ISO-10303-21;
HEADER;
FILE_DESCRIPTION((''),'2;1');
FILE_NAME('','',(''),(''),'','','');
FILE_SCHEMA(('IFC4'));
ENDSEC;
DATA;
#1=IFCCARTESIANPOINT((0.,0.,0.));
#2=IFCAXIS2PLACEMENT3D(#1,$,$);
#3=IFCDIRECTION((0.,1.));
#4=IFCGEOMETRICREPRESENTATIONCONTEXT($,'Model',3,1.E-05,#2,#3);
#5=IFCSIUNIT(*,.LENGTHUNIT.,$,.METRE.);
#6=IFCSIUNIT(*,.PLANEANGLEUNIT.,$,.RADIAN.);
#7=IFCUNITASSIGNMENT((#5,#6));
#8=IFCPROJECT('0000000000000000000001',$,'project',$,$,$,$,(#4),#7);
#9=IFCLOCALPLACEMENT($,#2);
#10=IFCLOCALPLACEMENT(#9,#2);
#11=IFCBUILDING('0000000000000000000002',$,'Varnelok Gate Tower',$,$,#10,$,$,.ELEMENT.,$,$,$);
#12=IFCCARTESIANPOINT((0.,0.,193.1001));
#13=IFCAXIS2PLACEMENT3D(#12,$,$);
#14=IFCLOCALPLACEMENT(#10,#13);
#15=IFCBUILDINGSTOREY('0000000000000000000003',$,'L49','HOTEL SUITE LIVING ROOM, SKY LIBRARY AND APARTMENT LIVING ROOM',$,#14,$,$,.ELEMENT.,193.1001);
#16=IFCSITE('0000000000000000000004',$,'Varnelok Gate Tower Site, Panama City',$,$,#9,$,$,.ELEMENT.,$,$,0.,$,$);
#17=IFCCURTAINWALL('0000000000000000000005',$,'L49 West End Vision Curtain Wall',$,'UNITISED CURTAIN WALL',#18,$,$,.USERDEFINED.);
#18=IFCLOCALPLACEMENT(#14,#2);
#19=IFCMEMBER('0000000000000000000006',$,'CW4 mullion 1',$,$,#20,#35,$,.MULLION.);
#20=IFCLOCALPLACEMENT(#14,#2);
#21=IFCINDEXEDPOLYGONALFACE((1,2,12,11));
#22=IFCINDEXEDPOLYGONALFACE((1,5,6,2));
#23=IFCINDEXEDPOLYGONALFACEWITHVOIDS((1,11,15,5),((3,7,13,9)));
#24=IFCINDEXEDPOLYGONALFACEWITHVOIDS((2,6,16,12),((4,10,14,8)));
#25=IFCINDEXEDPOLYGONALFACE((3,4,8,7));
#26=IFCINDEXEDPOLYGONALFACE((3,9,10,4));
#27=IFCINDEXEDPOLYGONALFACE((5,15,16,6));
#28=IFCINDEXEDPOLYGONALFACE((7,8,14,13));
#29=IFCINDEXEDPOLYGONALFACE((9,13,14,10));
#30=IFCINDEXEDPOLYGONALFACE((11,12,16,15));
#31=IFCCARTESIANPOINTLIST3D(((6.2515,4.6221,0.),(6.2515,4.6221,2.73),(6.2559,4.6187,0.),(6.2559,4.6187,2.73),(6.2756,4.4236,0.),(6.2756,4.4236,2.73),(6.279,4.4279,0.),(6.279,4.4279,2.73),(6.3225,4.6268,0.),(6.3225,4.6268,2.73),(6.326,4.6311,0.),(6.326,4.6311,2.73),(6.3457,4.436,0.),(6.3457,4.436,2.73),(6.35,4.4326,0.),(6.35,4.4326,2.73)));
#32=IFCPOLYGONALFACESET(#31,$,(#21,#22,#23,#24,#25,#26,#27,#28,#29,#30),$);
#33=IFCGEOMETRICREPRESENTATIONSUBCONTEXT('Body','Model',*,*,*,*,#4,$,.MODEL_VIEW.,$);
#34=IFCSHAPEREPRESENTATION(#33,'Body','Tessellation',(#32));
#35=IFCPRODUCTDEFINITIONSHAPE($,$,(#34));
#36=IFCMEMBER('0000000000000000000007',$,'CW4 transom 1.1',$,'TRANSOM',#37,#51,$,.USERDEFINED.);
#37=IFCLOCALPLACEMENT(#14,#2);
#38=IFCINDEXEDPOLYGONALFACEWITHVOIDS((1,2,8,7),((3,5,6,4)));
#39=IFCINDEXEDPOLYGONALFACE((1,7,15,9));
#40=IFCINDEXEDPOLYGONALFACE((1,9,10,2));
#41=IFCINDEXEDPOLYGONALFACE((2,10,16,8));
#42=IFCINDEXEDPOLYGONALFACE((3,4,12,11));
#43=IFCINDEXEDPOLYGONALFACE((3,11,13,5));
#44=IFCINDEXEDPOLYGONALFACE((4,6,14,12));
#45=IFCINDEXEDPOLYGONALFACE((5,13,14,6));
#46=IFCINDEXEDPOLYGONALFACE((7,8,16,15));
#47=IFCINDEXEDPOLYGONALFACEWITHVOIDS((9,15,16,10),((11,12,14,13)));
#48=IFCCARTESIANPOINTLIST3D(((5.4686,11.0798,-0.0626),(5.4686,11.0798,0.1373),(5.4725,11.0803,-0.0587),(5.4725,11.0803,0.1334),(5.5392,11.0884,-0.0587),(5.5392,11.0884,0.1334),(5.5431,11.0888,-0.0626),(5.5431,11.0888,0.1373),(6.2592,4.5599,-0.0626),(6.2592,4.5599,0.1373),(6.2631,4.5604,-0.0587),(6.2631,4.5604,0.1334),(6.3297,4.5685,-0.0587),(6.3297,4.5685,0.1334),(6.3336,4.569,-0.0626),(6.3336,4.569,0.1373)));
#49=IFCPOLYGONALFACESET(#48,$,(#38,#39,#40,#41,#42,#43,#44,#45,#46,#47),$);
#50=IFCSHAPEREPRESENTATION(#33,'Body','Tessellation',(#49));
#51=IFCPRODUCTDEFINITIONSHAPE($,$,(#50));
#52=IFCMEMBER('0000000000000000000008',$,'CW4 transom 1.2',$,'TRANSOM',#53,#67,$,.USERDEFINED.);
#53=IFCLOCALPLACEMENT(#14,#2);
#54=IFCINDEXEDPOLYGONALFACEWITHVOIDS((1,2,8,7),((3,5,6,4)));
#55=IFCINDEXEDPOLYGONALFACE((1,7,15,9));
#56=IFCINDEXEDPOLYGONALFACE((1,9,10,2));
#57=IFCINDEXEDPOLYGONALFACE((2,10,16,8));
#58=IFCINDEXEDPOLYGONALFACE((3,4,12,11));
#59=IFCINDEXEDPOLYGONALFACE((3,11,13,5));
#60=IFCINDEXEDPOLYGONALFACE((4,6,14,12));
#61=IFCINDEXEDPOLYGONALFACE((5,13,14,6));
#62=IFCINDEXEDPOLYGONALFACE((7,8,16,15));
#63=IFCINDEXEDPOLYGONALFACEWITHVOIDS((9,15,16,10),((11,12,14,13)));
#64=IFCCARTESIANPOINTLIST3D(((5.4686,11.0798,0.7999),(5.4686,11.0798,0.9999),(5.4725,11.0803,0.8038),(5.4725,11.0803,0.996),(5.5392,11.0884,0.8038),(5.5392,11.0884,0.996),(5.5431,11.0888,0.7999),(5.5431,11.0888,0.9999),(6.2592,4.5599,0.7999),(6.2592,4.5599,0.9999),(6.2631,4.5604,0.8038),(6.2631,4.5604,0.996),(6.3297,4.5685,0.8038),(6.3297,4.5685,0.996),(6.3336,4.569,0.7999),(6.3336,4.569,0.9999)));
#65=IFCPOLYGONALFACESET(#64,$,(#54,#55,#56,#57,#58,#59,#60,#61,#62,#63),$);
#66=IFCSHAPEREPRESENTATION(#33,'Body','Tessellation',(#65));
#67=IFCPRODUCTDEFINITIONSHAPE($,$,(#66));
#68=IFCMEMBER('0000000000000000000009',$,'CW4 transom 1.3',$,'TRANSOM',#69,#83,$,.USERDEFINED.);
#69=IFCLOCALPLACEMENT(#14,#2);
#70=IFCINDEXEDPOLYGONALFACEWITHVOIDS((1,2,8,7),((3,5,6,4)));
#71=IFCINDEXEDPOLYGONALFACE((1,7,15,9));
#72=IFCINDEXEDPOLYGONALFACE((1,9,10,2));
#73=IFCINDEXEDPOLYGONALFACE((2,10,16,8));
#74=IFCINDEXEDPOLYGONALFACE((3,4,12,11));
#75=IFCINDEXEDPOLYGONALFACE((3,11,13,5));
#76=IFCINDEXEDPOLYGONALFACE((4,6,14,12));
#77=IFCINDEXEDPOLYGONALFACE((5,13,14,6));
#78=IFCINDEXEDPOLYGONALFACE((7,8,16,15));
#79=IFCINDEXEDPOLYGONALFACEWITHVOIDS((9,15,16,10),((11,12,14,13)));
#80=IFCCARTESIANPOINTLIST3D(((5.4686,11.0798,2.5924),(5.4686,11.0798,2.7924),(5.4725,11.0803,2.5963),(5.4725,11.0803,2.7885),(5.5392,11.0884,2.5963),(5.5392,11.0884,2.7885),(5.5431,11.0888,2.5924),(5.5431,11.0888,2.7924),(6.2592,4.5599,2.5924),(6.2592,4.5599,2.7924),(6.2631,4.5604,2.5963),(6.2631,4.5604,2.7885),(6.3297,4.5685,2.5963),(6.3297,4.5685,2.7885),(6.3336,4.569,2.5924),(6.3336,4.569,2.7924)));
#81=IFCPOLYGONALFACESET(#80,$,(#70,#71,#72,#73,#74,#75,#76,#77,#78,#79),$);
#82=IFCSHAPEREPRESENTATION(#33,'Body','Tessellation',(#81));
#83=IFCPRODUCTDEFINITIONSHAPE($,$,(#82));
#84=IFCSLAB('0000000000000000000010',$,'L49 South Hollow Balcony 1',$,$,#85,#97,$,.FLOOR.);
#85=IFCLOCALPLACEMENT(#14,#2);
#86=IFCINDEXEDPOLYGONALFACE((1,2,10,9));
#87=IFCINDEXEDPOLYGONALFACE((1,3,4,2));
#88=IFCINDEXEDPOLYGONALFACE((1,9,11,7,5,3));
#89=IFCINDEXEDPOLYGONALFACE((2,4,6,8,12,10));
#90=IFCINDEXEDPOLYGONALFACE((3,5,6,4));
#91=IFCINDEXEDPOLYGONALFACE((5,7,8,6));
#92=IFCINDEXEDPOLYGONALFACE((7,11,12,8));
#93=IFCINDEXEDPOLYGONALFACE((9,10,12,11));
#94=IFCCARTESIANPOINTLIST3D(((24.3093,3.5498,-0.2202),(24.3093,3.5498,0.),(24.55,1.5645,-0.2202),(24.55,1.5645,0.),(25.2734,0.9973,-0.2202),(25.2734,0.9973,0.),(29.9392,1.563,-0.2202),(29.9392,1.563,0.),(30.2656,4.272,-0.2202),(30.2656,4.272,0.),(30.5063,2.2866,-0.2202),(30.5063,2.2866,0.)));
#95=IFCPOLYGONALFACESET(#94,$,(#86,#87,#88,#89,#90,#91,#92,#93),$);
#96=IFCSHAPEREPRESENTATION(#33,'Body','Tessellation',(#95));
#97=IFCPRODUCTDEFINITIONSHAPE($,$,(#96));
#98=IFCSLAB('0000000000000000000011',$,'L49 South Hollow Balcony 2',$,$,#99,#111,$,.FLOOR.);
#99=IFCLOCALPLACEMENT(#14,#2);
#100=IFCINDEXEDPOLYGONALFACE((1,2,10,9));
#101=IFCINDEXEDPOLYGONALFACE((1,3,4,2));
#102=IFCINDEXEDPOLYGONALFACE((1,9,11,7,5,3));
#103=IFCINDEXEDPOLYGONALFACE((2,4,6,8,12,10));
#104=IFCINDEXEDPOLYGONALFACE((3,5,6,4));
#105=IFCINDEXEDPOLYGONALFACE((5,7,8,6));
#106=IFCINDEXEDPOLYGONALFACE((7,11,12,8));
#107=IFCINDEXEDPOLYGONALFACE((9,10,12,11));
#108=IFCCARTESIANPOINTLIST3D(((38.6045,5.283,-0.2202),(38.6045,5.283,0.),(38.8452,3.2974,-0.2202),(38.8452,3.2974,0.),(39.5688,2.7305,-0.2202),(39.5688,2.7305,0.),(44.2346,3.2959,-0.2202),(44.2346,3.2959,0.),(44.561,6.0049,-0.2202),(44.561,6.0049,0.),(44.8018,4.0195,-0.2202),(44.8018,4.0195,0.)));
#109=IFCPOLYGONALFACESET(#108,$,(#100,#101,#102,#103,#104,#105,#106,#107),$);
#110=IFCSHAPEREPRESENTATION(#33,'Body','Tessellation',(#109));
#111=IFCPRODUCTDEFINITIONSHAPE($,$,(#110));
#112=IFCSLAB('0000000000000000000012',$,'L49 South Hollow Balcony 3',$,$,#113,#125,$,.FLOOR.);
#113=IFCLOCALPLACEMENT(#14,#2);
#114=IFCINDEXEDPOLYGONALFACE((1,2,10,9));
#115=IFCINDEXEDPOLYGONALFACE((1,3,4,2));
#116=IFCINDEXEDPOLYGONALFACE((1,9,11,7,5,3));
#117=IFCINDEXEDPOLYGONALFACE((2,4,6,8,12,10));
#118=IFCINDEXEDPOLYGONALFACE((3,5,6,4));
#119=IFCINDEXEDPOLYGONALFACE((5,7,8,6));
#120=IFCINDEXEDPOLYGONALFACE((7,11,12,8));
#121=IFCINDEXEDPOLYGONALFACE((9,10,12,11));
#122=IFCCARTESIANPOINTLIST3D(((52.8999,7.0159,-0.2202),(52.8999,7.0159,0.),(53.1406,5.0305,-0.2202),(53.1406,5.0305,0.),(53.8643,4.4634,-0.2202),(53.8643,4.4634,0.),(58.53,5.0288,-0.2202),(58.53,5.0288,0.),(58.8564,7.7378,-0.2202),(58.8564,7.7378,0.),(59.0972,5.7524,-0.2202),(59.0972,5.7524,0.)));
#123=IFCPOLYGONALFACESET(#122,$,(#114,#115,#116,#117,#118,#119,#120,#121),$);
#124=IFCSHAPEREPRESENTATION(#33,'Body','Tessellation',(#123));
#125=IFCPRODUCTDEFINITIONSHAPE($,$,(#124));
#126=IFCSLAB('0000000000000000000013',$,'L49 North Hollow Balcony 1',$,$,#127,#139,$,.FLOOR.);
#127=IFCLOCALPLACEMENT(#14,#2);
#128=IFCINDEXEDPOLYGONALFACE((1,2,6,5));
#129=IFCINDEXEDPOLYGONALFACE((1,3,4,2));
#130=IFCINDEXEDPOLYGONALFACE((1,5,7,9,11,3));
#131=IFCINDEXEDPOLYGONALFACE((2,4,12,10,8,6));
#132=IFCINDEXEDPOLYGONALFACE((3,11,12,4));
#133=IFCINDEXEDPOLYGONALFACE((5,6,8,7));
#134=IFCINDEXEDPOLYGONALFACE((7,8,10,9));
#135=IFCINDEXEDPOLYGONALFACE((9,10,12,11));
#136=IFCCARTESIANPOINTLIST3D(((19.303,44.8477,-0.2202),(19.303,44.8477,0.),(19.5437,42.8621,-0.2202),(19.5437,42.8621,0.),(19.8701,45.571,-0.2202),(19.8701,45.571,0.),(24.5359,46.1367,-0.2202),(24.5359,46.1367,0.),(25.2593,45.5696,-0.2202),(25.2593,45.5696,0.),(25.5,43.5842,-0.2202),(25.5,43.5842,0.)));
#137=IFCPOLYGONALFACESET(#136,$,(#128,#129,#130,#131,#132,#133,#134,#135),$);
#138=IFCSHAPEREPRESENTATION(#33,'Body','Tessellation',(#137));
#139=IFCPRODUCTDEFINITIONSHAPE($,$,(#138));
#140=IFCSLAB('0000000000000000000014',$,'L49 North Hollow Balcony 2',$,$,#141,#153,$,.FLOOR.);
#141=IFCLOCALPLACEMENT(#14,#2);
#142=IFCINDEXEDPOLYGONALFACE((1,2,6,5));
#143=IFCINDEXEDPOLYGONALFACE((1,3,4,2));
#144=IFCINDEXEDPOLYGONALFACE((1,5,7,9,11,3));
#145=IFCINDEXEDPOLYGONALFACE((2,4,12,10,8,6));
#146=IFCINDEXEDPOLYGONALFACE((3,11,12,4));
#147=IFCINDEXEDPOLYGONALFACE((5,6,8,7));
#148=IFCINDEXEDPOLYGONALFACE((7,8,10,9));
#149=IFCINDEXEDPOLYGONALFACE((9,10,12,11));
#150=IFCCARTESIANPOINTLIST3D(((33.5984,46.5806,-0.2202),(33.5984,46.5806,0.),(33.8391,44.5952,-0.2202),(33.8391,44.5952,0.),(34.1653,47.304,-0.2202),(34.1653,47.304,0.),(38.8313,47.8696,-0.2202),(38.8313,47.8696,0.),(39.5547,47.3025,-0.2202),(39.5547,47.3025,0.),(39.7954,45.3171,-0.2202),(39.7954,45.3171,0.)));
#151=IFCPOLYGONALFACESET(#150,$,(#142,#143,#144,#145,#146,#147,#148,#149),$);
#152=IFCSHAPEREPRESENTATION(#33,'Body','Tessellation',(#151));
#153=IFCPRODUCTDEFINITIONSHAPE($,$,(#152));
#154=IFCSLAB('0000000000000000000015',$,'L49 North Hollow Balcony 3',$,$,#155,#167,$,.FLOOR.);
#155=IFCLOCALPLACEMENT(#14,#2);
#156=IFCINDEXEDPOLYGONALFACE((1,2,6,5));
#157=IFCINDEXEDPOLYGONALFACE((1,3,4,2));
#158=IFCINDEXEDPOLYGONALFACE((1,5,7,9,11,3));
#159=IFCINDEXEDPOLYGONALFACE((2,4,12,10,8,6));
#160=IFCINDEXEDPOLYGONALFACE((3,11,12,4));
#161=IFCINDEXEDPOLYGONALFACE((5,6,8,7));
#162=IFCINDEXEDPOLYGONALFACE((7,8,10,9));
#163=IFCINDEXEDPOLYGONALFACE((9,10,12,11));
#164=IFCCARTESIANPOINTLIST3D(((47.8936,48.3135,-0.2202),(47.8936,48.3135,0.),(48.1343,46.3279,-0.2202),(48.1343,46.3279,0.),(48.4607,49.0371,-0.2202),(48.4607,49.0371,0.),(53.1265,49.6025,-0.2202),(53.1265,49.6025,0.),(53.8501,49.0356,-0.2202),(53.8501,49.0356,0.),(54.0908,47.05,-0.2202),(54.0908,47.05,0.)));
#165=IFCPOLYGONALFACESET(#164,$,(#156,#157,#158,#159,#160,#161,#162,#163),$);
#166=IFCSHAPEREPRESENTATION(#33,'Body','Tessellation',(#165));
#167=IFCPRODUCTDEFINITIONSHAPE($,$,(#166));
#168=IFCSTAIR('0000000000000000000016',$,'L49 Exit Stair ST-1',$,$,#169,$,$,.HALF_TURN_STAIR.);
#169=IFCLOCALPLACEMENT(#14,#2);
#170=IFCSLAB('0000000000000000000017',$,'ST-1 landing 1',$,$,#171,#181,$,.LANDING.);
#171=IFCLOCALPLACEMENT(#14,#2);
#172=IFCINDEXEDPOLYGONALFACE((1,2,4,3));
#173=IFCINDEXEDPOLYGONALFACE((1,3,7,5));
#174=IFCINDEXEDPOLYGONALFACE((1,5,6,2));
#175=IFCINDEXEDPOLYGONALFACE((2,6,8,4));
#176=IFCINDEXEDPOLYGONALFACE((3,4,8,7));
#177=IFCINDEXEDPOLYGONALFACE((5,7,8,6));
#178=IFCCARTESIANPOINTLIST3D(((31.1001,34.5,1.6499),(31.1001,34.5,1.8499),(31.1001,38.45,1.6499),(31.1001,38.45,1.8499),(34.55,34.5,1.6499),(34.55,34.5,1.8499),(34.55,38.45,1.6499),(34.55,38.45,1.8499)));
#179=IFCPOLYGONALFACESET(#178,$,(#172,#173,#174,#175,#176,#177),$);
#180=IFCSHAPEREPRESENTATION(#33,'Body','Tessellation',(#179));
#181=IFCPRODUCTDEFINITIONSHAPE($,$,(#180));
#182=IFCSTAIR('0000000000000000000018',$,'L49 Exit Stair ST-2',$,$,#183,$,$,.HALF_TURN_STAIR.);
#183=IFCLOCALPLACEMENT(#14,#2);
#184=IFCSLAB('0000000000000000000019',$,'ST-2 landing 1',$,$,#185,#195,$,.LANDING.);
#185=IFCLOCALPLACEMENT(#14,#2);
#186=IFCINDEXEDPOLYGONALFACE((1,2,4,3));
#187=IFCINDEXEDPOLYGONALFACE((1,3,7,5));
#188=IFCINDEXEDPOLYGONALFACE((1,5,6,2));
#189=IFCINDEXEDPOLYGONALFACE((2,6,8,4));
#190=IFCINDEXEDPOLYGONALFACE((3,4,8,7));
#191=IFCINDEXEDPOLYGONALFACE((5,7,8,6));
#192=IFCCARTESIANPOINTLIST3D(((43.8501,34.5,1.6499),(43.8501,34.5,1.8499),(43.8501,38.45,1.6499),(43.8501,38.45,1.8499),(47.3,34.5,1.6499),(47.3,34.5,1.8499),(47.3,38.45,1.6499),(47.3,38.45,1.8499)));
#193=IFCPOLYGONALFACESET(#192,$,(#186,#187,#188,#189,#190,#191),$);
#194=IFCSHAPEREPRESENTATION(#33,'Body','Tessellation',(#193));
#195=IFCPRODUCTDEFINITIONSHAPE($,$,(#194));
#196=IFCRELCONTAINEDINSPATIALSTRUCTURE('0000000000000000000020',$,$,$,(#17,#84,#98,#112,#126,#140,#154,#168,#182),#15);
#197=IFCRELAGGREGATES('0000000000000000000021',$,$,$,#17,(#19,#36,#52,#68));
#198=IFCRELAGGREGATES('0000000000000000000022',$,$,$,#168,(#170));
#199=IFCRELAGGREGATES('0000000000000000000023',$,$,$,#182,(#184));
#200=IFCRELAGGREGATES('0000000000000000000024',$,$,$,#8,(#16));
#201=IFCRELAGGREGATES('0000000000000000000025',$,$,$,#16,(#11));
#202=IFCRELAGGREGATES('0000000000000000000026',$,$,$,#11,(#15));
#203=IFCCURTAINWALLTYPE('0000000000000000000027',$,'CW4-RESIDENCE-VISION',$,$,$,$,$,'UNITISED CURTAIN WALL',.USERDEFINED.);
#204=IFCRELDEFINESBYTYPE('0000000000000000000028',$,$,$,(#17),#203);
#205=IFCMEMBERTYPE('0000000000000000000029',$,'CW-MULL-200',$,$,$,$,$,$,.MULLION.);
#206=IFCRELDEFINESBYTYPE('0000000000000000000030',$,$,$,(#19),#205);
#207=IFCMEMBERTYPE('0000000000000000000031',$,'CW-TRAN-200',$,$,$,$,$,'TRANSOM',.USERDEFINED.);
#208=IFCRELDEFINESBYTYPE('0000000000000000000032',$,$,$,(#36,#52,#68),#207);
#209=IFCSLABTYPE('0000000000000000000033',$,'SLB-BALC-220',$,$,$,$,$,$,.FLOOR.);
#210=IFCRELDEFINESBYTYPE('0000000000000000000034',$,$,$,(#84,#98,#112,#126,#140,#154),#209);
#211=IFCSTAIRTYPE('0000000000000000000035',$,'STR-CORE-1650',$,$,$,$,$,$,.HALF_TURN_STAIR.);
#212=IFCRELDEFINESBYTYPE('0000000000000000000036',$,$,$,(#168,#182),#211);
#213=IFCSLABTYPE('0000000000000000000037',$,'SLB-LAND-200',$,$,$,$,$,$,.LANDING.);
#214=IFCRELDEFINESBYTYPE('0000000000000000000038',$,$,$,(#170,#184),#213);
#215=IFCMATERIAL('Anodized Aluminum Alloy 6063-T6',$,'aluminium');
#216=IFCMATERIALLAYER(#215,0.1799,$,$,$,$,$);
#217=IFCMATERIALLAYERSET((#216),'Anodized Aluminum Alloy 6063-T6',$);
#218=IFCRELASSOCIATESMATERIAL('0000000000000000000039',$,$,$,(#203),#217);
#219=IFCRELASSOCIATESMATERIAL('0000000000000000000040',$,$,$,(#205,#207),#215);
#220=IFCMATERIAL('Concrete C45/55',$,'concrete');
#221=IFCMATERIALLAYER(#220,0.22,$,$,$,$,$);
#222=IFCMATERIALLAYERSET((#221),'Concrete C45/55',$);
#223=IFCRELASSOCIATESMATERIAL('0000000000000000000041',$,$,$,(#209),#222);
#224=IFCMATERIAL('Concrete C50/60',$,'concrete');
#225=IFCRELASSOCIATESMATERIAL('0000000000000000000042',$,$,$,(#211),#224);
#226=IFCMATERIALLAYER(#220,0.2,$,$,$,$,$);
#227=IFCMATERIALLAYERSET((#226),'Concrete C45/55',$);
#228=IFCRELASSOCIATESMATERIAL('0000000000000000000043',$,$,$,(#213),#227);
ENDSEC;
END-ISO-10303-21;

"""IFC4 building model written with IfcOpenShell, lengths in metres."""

from ifc_helpers import new_model, si_unit, direction, frame, origin, origin_2d, place, context, subcontext, project, spatial, polyline, hollow_rectangle, outline, extrude, material, layer, layer_set, material_profile, profile_set, type_object, element, aggregate, save


model = new_model("IFC4")

# Units and contexts
model_context = context("Model", 3, precision=1e-05, world=origin(), true_north=direction((0.0, 1.0)))
body_context = subcontext(model_context, "Body", "Model", "MODEL_VIEW")
ifc_project = project(units=[si_unit("LENGTHUNIT", "METRE"), si_unit("PLANEANGLEUNIT", "RADIAN")], contexts=[model_context])

# Site, building, storey
site_placement = place(None, origin())
site = spatial("IfcSite", under=ifc_project, at=site_placement, Name="Varnelok Gate Tower Site, Panama City", CompositionType="ELEMENT", RefElevation=0.0)
building_placement = place(site_placement, origin())
building = spatial("IfcBuilding", under=site, at=building_placement, Name="Varnelok Gate Tower", CompositionType="ELEMENT")
storey_placement = place(building_placement, frame((0.0, 0.0, 193.1001)))
storey = spatial("IfcBuildingStorey", under=building, at=storey_placement, Name="L49", Description="HOTEL SUITE LIVING ROOM, SKY LIBRARY AND APARTMENT LIVING ROOM", CompositionType="ELEMENT", Elevation=193.1001)

# Curtain wall, members
ifc_material_1 = material(Name="Anodized Aluminum Alloy 6063-T6", Category="aluminium")
ifc_layer_1 = layer(ifc_material_1, 0.1799)
ifc_layer_set_1 = layer_set([ifc_layer_1], Name="Anodized Aluminum Alloy 6063-T6")
curtain_wall_type = type_object("IfcCurtainWallType", Name="CW4-RESIDENCE-VISION", ElementType="UNITISED CURTAIN WALL", PredefinedType="USERDEFINED", material=ifc_layer_set_1)
curtain_wall_placement = place(storey_placement, origin())
curtain_wall = element("IfcCurtainWall", 1, at=curtain_wall_placement, inside=storey, type_object=curtain_wall_type, Name="L49 West End Vision Curtain Wall", ObjectType="UNITISED CURTAIN WALL", PredefinedType="USERDEFINED")
ifc_material_profile_1 = material_profile(ifc_material_1, hollow_rectangle(XDim=0.075, YDim=0.2, WallThickness=0.0039, at=origin_2d()), Name="ALU200X75X4")
ifc_profile_set_1 = profile_set([ifc_material_profile_1], Name="Anodized Aluminum Alloy 6063-T6")
member_type_1 = type_object("IfcMemberType", Name="CW-MULL-200", PredefinedType="MULLION", material=ifc_profile_set_1)
member_1_placement = place(storey_placement, frame((6.3008, 4.5273, 0.0), z_axis=(0.0, 0.0, 1.0), x_axis=(-0.992732, -0.120345, 0.0)))
member_1 = element("IfcMember", 2, at=member_1_placement, type_object=member_type_1, Name="CW4 mullion 1", PredefinedType="MULLION", context=body_context, shape_type="SweptSolid", body=[
    extrude(hollow_rectangle(XDim=0.075, YDim=0.2, WallThickness=0.0039, at=origin_2d()), origin(), (0.0, 0.0, 1.0), 2.73),
])
ifc_material_profile_2 = material_profile(ifc_material_1, hollow_rectangle(XDim=0.075, YDim=0.2, WallThickness=0.0039, at=origin_2d()), Name="ALU200X75X4")
ifc_profile_set_2 = profile_set([ifc_material_profile_2], Name="Anodized Aluminum Alloy 6063-T6")
member_type_2 = type_object("IfcMemberType", Name="CW-TRAN-200", ElementType="TRANSOM", PredefinedType="USERDEFINED", material=ifc_profile_set_2)
member_2_placement = place(storey_placement, frame((6.2964, 4.5645, 0.0374), z_axis=(-0.120369, 0.992729, 0.0), x_axis=(-0.992729, -0.120369, 0.0)))
member_2 = element("IfcMember", 3, at=member_2_placement, type_object=member_type_2, Name="CW4 transom 1.1", ObjectType="TRANSOM", PredefinedType="USERDEFINED", context=body_context, shape_type="SweptSolid", body=[
    extrude(hollow_rectangle(XDim=0.075, YDim=0.2, WallThickness=0.0039, at=origin_2d()), origin(), (0.0, 0.0, 1.0), 6.5676),
])
member_3_placement = place(storey_placement, frame((6.2964, 4.5645, 0.8999), z_axis=(-0.120369, 0.992729, 0.0), x_axis=(-0.992729, -0.120369, 0.0)))
member_3 = element("IfcMember", 4, at=member_3_placement, type_object=member_type_2, Name="CW4 transom 1.2", ObjectType="TRANSOM", PredefinedType="USERDEFINED", context=body_context, shape_type="SweptSolid", body=[
    extrude(hollow_rectangle(XDim=0.075, YDim=0.2, WallThickness=0.0039, at=origin_2d()), origin(), (0.0, 0.0, 1.0), 6.5676),
])
member_4_placement = place(storey_placement, frame((6.2964, 4.5645, 2.6924), z_axis=(-0.120369, 0.992729, 0.0), x_axis=(-0.992729, -0.120369, 0.0)))
member_4 = element("IfcMember", 5, at=member_4_placement, type_object=member_type_2, Name="CW4 transom 1.3", ObjectType="TRANSOM", PredefinedType="USERDEFINED", context=body_context, shape_type="SweptSolid", body=[
    extrude(hollow_rectangle(XDim=0.075, YDim=0.2, WallThickness=0.0039, at=origin_2d()), origin(), (0.0, 0.0, 1.0), 6.5676),
])
aggregate(curtain_wall, [member_1, member_2, member_3, member_4])

# Slabs
ifc_material_2 = material(Name="Concrete C45/55", Category="concrete")
ifc_layer_2 = layer(ifc_material_2, 0.22)
ifc_layer_set_2 = layer_set([ifc_layer_2], Name="Concrete C45/55")
slab_type_1 = type_object("IfcSlabType", Name="SLB-BALC-220", PredefinedType="FLOOR", material=ifc_layer_set_2)
slab_1_placement = place(storey_placement, frame((0.0, 0.0, -0.2202)))
element("IfcSlab", 6, at=slab_1_placement, inside=storey, type_object=slab_type_1, Name="L49 South Hollow Balcony 1", PredefinedType="FLOOR", context=body_context, shape_type="SweptSolid", body=[
    extrude(outline(polyline([(24.55, 1.5645), (25.2734, 0.9973), (29.9392, 1.563), (30.5063, 2.2866), (30.2656, 4.272), (24.3093, 3.5498), (24.55, 1.5645)])), origin(), (0.0, 0.0, 1.0), 0.2202),
])
slab_2_placement = place(storey_placement, frame((0.0, 0.0, -0.2202)))
element("IfcSlab", 7, at=slab_2_placement, inside=storey, type_object=slab_type_1, Name="L49 South Hollow Balcony 2", PredefinedType="FLOOR", context=body_context, shape_type="SweptSolid", body=[
    extrude(outline(polyline([(38.8452, 3.2974), (39.5688, 2.7305), (44.2346, 3.2959), (44.8018, 4.0195), (44.561, 6.0049), (38.6045, 5.283), (38.8452, 3.2974)])), origin(), (0.0, 0.0, 1.0), 0.2202),
])
slab_3_placement = place(storey_placement, frame((0.0, 0.0, -0.2202)))
element("IfcSlab", 8, at=slab_3_placement, inside=storey, type_object=slab_type_1, Name="L49 South Hollow Balcony 3", PredefinedType="FLOOR", context=body_context, shape_type="SweptSolid", body=[
    extrude(outline(polyline([(53.1406, 5.0305), (53.8643, 4.4634), (58.53, 5.0288), (59.0972, 5.7524), (58.8564, 7.7378), (52.8999, 7.0159), (53.1406, 5.0305)])), origin(), (0.0, 0.0, 1.0), 0.2202),
])
slab_4_placement = place(storey_placement, frame((0.0, 0.0, -0.2202)))
element("IfcSlab", 9, at=slab_4_placement, inside=storey, type_object=slab_type_1, Name="L49 North Hollow Balcony 1", PredefinedType="FLOOR", context=body_context, shape_type="SweptSolid", body=[
    extrude(outline(polyline([(19.5437, 42.8621), (25.5, 43.5842), (25.2593, 45.5696), (24.5359, 46.1367), (19.8701, 45.571), (19.303, 44.8477), (19.5437, 42.8621)])), origin(), (0.0, 0.0, 1.0), 0.2202),
])
slab_5_placement = place(storey_placement, frame((0.0, 0.0, -0.2202)))
element("IfcSlab", 10, at=slab_5_placement, inside=storey, type_object=slab_type_1, Name="L49 North Hollow Balcony 2", PredefinedType="FLOOR", context=body_context, shape_type="SweptSolid", body=[
    extrude(outline(polyline([(33.8391, 44.5952), (39.7954, 45.3171), (39.5547, 47.3025), (38.8313, 47.8696), (34.1653, 47.304), (33.5984, 46.5806), (33.8391, 44.5952)])), origin(), (0.0, 0.0, 1.0), 0.2202),
])
slab_6_placement = place(storey_placement, frame((0.0, 0.0, -0.2202)))
element("IfcSlab", 11, at=slab_6_placement, inside=storey, type_object=slab_type_1, Name="L49 North Hollow Balcony 3", PredefinedType="FLOOR", context=body_context, shape_type="SweptSolid", body=[
    extrude(outline(polyline([(48.1343, 46.3279), (54.0908, 47.05), (53.8501, 49.0356), (53.1265, 49.6025), (48.4607, 49.0371), (47.8936, 48.3135), (48.1343, 46.3279)])), origin(), (0.0, 0.0, 1.0), 0.2202),
])

# Stairs, slabs
ifc_material_3 = material(Name="Concrete C50/60", Category="concrete")
stair_type = type_object("IfcStairType", Name="STR-CORE-1650", PredefinedType="HALF_TURN_STAIR", material=ifc_material_3)
stair_1_placement = place(storey_placement, origin())
stair_1 = element("IfcStair", 12, at=stair_1_placement, inside=storey, type_object=stair_type, Name="L49 Exit Stair ST-1", PredefinedType="HALF_TURN_STAIR")
ifc_layer_3 = layer(ifc_material_2, 0.2)
ifc_layer_set_3 = layer_set([ifc_layer_3], Name="Concrete C45/55")
slab_type_2 = type_object("IfcSlabType", Name="SLB-LAND-200", PredefinedType="LANDING", material=ifc_layer_set_3)
slab_7_placement = place(storey_placement, frame((0.0, 0.0, 1.6499)))
slab_7 = element("IfcSlab", 13, at=slab_7_placement, type_object=slab_type_2, Name="ST-1 landing 1", PredefinedType="LANDING", context=body_context, shape_type="SweptSolid", body=[
    extrude(outline(polyline([(34.55, 34.5), (34.55, 38.45), (31.1001, 38.45), (31.1001, 34.5), (34.55, 34.5)])), origin(), (0.0, 0.0, 1.0), 0.2),
])
aggregate(stair_1, [slab_7])
stair_2_placement = place(storey_placement, origin())
stair_2 = element("IfcStair", 14, at=stair_2_placement, inside=storey, type_object=stair_type, Name="L49 Exit Stair ST-2", PredefinedType="HALF_TURN_STAIR")
slab_8_placement = place(storey_placement, frame((0.0, 0.0, 1.6499)))
slab_8 = element("IfcSlab", 15, at=slab_8_placement, type_object=slab_type_2, Name="ST-2 landing 1", PredefinedType="LANDING", context=body_context, shape_type="SweptSolid", body=[
    extrude(outline(polyline([(47.3, 34.5), (47.3, 38.45), (43.8501, 38.45), (43.8501, 34.5), (47.3, 34.5)])), origin(), (0.0, 0.0, 1.0), 0.2),
])
aggregate(stair_2, [slab_8])

save(model, "model.ifc")
